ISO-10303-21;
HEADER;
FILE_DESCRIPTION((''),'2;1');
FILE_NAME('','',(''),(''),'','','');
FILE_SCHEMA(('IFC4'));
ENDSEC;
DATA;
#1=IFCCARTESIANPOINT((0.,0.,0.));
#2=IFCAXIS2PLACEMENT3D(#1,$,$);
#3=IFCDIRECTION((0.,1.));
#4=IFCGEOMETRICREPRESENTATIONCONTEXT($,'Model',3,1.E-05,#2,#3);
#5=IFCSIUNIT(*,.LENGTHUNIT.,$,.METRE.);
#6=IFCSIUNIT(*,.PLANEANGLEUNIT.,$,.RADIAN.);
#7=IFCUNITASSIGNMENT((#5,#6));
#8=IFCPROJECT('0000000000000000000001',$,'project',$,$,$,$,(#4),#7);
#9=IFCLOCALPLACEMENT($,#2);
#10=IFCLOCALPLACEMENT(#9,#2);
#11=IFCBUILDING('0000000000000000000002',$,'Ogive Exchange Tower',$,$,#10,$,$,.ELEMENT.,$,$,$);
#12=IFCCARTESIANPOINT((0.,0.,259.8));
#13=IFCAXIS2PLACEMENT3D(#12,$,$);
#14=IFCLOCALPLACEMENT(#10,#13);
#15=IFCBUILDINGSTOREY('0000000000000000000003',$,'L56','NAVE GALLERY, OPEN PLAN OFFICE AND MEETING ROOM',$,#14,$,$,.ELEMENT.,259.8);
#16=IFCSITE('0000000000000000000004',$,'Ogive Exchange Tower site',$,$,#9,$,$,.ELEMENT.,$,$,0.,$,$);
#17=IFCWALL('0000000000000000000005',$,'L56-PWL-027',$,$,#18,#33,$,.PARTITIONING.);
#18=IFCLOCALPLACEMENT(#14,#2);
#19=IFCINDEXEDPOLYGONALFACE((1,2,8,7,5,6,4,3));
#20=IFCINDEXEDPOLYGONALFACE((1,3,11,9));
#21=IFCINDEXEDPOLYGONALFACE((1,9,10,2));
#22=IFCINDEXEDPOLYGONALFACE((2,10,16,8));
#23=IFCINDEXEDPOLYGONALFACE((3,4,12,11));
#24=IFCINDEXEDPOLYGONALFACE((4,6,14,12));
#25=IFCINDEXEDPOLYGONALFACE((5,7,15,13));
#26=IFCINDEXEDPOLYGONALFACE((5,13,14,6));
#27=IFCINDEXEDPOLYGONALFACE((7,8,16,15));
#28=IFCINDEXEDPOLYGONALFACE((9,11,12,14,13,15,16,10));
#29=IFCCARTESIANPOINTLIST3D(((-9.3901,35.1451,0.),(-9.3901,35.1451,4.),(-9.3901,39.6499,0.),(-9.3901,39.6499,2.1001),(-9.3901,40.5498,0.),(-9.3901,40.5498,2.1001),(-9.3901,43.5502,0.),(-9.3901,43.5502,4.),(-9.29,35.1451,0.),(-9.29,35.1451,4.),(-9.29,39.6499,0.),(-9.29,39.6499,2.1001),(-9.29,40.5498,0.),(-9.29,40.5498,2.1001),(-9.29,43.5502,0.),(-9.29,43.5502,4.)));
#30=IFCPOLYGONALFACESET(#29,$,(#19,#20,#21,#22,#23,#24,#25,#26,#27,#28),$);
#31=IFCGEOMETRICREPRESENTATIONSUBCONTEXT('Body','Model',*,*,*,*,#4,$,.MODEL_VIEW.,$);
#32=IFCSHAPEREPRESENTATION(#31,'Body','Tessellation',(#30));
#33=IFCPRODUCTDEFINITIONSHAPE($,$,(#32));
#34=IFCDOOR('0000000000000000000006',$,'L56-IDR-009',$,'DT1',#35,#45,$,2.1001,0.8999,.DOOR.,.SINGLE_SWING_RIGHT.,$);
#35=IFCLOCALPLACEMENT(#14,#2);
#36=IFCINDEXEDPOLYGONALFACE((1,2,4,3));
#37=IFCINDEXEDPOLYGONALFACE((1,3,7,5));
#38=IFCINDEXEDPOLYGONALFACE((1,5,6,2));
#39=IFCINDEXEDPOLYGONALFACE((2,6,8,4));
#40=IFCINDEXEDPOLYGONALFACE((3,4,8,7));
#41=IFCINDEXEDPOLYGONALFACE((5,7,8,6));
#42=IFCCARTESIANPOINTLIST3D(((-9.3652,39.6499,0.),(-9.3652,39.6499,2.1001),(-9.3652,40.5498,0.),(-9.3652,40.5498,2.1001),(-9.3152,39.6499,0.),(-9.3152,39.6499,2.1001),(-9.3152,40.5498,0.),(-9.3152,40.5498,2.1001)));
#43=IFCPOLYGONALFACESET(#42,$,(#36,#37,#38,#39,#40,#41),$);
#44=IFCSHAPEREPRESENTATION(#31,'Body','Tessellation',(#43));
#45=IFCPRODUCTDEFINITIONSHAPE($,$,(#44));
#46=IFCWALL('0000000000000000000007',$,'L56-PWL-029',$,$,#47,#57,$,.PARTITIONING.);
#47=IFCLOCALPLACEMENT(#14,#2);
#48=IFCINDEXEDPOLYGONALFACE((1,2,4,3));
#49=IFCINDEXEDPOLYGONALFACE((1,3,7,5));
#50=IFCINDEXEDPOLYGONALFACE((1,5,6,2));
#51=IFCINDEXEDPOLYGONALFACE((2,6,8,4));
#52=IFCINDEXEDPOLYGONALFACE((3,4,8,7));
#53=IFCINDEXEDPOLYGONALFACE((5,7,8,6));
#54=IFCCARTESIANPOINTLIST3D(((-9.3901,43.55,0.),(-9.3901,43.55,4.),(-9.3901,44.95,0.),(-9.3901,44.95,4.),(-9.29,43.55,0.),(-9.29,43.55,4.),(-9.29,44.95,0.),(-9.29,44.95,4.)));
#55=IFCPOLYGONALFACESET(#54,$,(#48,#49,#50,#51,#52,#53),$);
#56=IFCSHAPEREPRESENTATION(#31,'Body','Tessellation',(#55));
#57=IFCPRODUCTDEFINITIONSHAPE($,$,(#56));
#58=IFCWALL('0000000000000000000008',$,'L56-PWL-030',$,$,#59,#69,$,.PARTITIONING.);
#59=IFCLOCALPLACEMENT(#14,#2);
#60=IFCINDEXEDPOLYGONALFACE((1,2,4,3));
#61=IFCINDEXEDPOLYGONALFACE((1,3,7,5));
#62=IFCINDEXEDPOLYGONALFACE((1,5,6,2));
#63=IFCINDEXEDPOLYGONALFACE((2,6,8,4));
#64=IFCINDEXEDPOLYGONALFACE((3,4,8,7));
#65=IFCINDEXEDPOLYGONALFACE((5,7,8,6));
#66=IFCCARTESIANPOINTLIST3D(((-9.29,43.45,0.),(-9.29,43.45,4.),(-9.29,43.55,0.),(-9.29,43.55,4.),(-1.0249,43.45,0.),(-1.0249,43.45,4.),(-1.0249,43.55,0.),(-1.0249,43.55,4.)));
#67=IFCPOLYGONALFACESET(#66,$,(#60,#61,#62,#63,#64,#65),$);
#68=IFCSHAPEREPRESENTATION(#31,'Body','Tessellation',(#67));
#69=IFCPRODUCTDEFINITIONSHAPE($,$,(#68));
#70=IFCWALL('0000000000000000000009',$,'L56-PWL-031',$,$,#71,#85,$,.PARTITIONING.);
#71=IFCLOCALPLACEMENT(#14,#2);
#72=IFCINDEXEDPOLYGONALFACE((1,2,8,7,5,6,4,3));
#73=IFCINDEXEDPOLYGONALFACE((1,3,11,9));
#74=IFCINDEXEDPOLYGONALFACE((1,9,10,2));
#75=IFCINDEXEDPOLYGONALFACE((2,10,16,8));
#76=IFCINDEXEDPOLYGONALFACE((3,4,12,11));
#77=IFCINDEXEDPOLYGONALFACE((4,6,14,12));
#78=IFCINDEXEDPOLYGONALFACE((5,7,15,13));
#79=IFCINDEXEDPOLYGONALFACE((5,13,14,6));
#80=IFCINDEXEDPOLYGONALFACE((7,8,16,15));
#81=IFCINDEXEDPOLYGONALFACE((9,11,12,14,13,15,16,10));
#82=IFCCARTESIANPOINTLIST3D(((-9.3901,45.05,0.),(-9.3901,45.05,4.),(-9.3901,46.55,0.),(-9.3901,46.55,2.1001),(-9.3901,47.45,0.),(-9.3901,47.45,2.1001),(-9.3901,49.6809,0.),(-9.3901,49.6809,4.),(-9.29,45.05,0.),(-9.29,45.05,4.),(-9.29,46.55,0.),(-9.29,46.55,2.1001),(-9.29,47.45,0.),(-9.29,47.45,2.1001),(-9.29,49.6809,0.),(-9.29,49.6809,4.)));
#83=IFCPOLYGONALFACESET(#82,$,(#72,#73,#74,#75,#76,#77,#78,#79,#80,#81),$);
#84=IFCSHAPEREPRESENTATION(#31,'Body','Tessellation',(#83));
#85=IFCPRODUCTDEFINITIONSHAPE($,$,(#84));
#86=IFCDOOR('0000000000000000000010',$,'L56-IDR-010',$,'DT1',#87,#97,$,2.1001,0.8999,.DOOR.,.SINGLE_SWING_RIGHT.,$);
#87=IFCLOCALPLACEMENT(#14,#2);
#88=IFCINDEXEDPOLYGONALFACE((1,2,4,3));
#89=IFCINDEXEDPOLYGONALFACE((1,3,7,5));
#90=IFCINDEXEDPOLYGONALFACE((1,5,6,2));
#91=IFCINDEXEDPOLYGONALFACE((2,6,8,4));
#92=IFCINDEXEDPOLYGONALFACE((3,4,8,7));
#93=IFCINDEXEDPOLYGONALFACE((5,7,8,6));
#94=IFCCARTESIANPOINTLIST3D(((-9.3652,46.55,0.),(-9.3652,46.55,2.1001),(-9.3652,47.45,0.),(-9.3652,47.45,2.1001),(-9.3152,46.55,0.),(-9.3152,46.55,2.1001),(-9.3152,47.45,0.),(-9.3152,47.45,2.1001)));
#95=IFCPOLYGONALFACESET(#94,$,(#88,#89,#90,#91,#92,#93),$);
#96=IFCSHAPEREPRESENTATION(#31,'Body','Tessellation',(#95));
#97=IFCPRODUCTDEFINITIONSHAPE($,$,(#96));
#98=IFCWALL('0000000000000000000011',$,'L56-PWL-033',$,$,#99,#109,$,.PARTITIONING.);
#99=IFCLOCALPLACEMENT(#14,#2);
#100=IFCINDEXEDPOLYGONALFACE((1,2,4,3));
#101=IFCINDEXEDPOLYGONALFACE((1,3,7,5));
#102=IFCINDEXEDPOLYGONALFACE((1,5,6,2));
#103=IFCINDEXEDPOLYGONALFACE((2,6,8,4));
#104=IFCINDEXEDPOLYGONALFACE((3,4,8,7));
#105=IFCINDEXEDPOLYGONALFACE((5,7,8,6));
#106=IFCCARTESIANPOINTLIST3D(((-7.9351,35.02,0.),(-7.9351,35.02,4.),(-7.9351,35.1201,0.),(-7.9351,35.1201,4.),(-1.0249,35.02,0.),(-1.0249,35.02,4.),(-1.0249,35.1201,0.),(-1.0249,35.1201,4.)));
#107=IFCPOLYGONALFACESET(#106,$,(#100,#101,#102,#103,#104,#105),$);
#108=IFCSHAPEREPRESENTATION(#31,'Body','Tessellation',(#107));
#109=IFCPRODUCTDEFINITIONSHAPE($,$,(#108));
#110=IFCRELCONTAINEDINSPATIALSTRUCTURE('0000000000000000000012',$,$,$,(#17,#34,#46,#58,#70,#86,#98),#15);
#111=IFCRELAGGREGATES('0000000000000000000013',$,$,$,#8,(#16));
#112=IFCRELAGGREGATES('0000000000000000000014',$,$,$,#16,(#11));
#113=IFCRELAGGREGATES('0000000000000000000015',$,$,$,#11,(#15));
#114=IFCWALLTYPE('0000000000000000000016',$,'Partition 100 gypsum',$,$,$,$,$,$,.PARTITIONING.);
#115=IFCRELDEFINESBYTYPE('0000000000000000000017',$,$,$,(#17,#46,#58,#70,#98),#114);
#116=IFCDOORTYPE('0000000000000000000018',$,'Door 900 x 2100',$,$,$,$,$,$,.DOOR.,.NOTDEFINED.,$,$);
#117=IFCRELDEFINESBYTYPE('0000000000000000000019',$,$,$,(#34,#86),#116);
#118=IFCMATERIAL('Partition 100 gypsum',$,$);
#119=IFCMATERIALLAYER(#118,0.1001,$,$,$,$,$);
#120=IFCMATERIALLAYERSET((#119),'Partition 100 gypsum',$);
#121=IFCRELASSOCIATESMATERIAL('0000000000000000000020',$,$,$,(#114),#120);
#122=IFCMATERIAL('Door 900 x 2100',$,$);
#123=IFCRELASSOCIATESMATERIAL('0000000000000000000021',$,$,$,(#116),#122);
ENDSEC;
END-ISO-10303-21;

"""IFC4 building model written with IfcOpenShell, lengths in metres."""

from ifc_helpers import new_model, si_unit, direction, frame, frame_2d, origin, place, context, subcontext, project, spatial, rectangle, extrude, material, layer, layer_set, type_object, element, fill, save


model = new_model("IFC4")

# Units and contexts
model_context = context("Model", 3, precision=1e-05, world=origin(), true_north=direction((0.0, 1.0)))
body_context = subcontext(model_context, "Body", "Model", "MODEL_VIEW")
ifc_project = project(units=[si_unit("LENGTHUNIT", "METRE"), si_unit("PLANEANGLEUNIT", "RADIAN")], contexts=[model_context])

# Site, building, storey
site_placement = place(None, origin())
site = spatial("IfcSite", under=ifc_project, at=site_placement, Name="Ogive Exchange Tower site", CompositionType="ELEMENT", RefElevation=0.0)
building_placement = place(site_placement, origin())
building = spatial("IfcBuilding", under=site, at=building_placement, Name="Ogive Exchange Tower", CompositionType="ELEMENT")
storey_placement = place(building_placement, frame((0.0, 0.0, 259.8)))
storey = spatial("IfcBuildingStorey", under=building, at=storey_placement, Name="L56", Description="NAVE GALLERY, OPEN PLAN OFFICE AND MEETING ROOM", CompositionType="ELEMENT", Elevation=259.8)

# Shared definitions
ifc_material_1 = material(Name="Partition 100 gypsum")
ifc_layer_1 = layer(ifc_material_1, 0.1001)
ifc_layer_set_1 = layer_set([ifc_layer_1], Name="Partition 100 gypsum")
wall_type_1 = type_object("IfcWallType", Name="Partition 100 gypsum", PredefinedType="PARTITIONING", material=ifc_layer_set_1)

# Wall, opening, door
wall_1_placement = place(storey_placement, frame((-9.3401, 35.145, 0.0), z_axis=(0.0, 0.0, 1.0), x_axis=(0.0, 1.0, 0.0)))
wall_1 = element("IfcWall", 1, at=wall_1_placement, inside=storey, type_object=wall_type_1, Name="L56-PWL-027", PredefinedType="PARTITIONING", context=body_context, shape_type="SweptSolid", body=[
    extrude(rectangle(XDim=8.405, YDim=0.1001, at=frame_2d((4.2026, 0.0))), origin(), (0.0, 0.0, 1.0), 4.0),
])
opening_1_placement = place(wall_1_placement, frame((4.5049, 0.0, 0.0)))
opening_1 = element("IfcOpeningElement", 2, at=opening_1_placement, cuts=wall_1, PredefinedType="OPENING", context=body_context, shape_type="SweptSolid", body=[
    extrude(rectangle(XDim=0.8999, YDim=2.1001, at=frame_2d((0.45, 1.05))), frame((0.0, 0.0601, 0.0), z_axis=(0.0, -1.0, 0.0), x_axis=(1.0, 0.0, 0.0)), (0.0, 0.0, 1.0), 0.1201),
])
ifc_material_2 = material(Name="Door 900 x 2100")
door_type = type_object("IfcDoorType", Name="Door 900 x 2100", OperationType="NOTDEFINED", PredefinedType="DOOR", material=ifc_material_2)
door_1_placement = place(opening_1_placement, frame((0.8999, 0.0, 0.0), z_axis=(0.0, 0.0, 1.0), x_axis=(-1.0, 0.0, 0.0)))
door_1 = element("IfcDoor", 3, at=door_1_placement, inside=storey, type_object=door_type, Name="L56-IDR-009", ObjectType="DT1", OperationType="SINGLE_SWING_RIGHT", OverallHeight=2.1001, OverallWidth=0.8999, PredefinedType="DOOR", context=body_context, shape_type="SweptSolid", body=[
    extrude(rectangle(XDim=0.8999, YDim=2.1001, at=frame_2d((0.45, 1.05))), frame((0.0, 0.0249, 0.0), z_axis=(0.0, -1.0, 0.0), x_axis=(1.0, 0.0, 0.0)), (0.0, 0.0, 1.0), 0.05),
])
fill(opening_1, door_1)

# Walls
wall_2_placement = place(storey_placement, frame((-9.3401, 43.55, 0.0), z_axis=(0.0, 0.0, 1.0), x_axis=(0.0, 1.0, 0.0)))
element("IfcWall", 4, at=wall_2_placement, inside=storey, type_object=wall_type_1, Name="L56-PWL-029", PredefinedType="PARTITIONING", context=body_context, shape_type="SweptSolid", body=[
    extrude(rectangle(XDim=1.3999, YDim=0.1001, at=frame_2d((0.7, 0.0))), origin(), (0.0, 0.0, 1.0), 4.0),
])
wall_3_placement = place(storey_placement, frame((-9.29, 43.5, 0.0), z_axis=(0.0, 0.0, 1.0), x_axis=(1.0, 0.0, 0.0)))
element("IfcWall", 5, at=wall_3_placement, inside=storey, type_object=wall_type_1, Name="L56-PWL-030", PredefinedType="PARTITIONING", context=body_context, shape_type="SweptSolid", body=[
    extrude(rectangle(XDim=8.2651, YDim=0.1001, at=frame_2d((4.1326, 0.0))), origin(), (0.0, 0.0, 1.0), 4.0),
])

# Wall, opening, door
wall_4_placement = place(storey_placement, frame((-9.3401, 45.05, 0.0), z_axis=(0.0, 0.0, 1.0), x_axis=(0.0, 1.0, 0.0)))
wall_4 = element("IfcWall", 6, at=wall_4_placement, inside=storey, type_object=wall_type_1, Name="L56-PWL-031", PredefinedType="PARTITIONING", context=body_context, shape_type="SweptSolid", body=[
    extrude(rectangle(XDim=4.6309, YDim=0.1001, at=frame_2d((2.3154, 0.0))), origin(), (0.0, 0.0, 1.0), 4.0),
])
opening_2_placement = place(wall_4_placement, frame((1.5, 0.0, 0.0)))
opening_2 = element("IfcOpeningElement", 7, at=opening_2_placement, cuts=wall_4, PredefinedType="OPENING", context=body_context, shape_type="SweptSolid", body=[
    extrude(rectangle(XDim=0.8999, YDim=2.1001, at=frame_2d((0.45, 1.05))), frame((0.0, 0.0601, 0.0), z_axis=(0.0, -1.0, 0.0), x_axis=(1.0, 0.0, 0.0)), (0.0, 0.0, 1.0), 0.1201),
])
door_2_placement = place(opening_2_placement, frame((0.8999, 0.0, 0.0), z_axis=(0.0, 0.0, 1.0), x_axis=(-1.0, 0.0, 0.0)))
door_2 = element("IfcDoor", 8, at=door_2_placement, inside=storey, type_object=door_type, Name="L56-IDR-010", ObjectType="DT1", OperationType="SINGLE_SWING_RIGHT", OverallHeight=2.1001, OverallWidth=0.8999, PredefinedType="DOOR", context=body_context, shape_type="SweptSolid", body=[
    extrude(rectangle(XDim=0.8999, YDim=2.1001, at=frame_2d((0.45, 1.05))), frame((0.0, 0.0249, 0.0), z_axis=(0.0, -1.0, 0.0), x_axis=(1.0, 0.0, 0.0)), (0.0, 0.0, 1.0), 0.05),
])
fill(opening_2, door_2)

# Wall
wall_5_placement = place(storey_placement, frame((-7.9351, 35.0701, 0.0), z_axis=(0.0, 0.0, 1.0), x_axis=(1.0, 0.0, 0.0)))
element("IfcWall", 9, at=wall_5_placement, inside=storey, type_object=wall_type_1, Name="L56-PWL-033", PredefinedType="PARTITIONING", context=body_context, shape_type="SweptSolid", body=[
    extrude(rectangle(XDim=6.9102, YDim=0.1001, at=frame_2d((3.4551, 0.0))), origin(), (0.0, 0.0, 1.0), 4.0),
])

save(model, "model.ifc")
